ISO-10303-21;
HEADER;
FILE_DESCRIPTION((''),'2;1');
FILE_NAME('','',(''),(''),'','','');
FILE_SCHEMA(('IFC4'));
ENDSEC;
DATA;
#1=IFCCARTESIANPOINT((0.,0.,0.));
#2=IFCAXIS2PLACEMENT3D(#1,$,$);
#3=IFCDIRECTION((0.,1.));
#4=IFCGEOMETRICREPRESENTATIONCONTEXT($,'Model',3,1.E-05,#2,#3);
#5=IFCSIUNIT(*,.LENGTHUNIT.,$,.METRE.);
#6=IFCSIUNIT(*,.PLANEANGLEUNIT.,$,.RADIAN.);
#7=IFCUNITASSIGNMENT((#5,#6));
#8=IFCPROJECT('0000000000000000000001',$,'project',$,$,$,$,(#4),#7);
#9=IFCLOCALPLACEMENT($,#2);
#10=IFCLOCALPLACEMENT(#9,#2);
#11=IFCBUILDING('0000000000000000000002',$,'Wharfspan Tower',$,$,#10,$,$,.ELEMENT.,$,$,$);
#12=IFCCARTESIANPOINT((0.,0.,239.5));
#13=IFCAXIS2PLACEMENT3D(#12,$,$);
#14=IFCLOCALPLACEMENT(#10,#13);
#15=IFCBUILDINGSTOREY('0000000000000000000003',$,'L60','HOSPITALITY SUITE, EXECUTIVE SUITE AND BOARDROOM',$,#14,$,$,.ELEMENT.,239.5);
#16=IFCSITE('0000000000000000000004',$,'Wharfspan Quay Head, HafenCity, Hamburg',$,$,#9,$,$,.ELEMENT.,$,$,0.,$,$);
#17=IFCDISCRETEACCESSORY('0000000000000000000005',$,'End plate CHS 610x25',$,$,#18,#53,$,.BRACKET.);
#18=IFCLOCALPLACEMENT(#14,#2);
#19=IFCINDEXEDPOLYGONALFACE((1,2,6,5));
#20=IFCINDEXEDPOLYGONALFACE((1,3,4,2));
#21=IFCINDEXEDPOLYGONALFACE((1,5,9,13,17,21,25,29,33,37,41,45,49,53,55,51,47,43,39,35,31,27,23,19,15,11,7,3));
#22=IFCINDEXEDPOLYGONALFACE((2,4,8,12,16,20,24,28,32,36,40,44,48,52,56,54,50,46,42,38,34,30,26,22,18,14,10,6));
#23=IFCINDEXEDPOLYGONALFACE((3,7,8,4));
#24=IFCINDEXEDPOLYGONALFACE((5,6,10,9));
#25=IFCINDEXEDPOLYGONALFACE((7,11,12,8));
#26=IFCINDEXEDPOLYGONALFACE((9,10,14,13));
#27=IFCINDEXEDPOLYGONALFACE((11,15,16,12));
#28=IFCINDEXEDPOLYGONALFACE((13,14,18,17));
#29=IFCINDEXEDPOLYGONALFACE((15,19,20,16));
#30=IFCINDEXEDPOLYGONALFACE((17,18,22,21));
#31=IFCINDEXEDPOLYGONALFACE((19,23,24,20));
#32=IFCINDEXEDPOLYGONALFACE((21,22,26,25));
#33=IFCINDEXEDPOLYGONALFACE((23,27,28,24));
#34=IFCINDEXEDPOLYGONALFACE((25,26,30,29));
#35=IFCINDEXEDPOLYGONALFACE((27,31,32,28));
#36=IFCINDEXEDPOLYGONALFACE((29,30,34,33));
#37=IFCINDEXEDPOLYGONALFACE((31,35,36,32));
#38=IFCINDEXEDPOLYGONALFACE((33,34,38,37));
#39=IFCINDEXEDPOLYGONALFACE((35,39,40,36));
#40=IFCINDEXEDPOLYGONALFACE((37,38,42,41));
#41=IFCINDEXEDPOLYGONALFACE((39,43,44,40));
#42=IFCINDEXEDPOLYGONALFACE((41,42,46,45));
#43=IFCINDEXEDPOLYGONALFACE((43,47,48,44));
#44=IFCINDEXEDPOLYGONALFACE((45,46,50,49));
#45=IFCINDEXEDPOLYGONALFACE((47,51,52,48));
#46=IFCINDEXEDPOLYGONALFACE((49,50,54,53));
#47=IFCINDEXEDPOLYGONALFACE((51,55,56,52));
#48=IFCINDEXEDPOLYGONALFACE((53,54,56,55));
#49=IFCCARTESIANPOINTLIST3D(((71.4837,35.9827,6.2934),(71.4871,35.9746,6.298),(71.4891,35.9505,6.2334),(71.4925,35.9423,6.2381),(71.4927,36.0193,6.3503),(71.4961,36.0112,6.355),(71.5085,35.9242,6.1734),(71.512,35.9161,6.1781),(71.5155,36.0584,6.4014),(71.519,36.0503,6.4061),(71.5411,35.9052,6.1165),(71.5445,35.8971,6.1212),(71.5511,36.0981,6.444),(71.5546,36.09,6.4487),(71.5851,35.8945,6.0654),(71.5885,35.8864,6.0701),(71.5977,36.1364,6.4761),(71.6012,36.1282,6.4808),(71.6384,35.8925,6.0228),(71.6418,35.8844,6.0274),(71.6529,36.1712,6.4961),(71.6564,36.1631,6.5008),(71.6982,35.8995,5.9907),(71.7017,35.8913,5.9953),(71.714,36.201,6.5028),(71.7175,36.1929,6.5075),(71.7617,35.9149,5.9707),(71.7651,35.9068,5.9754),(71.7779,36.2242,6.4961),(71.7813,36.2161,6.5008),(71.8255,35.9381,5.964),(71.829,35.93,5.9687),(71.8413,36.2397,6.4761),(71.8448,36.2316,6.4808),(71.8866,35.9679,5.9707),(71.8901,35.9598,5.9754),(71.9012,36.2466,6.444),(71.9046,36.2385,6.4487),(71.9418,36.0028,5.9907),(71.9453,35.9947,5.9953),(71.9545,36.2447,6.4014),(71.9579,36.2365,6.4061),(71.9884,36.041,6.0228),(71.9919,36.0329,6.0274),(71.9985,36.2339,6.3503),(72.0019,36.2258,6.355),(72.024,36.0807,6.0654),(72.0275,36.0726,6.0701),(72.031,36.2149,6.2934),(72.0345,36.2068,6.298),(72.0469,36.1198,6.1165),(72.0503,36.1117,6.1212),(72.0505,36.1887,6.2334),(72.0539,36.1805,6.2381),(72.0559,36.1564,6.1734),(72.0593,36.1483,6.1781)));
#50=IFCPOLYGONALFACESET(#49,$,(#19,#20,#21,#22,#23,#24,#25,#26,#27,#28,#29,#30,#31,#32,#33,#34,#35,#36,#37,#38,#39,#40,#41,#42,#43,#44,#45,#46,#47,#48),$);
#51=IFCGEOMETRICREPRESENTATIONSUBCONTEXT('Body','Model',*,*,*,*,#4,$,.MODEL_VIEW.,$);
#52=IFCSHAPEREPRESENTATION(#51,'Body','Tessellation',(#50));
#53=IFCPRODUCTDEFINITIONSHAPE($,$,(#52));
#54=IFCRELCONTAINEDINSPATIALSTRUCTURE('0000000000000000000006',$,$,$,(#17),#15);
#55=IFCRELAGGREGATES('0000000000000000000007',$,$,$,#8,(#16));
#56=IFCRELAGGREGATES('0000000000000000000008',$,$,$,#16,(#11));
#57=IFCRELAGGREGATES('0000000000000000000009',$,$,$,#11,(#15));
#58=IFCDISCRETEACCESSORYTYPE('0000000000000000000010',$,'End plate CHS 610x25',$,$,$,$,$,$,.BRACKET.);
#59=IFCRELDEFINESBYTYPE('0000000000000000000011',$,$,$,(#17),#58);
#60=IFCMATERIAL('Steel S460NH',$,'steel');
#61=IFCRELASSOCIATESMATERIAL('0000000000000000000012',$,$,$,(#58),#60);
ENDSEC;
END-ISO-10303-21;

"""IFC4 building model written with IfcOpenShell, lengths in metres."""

from ifc_helpers import new_model, si_unit, direction, frame, origin, origin_2d, place, context, subcontext, project, spatial, circle, extrude, material, material_profile, profile_set, type_object, element, save


model = new_model("IFC4")

# Units and contexts
model_context = context("Model", 3, precision=1e-05, world=origin(), true_north=direction((0.0, 1.0)))
body_context = subcontext(model_context, "Body", "Model", "MODEL_VIEW")
ifc_project = project(units=[si_unit("LENGTHUNIT", "METRE"), si_unit("PLANEANGLEUNIT", "RADIAN")], contexts=[model_context])

# Site, building, storey
site_placement = place(None, origin())
site = spatial("IfcSite", under=ifc_project, at=site_placement, Name="Wharfspan Quay Head, HafenCity, Hamburg", CompositionType="ELEMENT", RefElevation=0.0)
building_placement = place(site_placement, origin())
building = spatial("IfcBuilding", under=site, at=building_placement, Name="Wharfspan Tower", CompositionType="ELEMENT")
storey_placement = place(building_placement, frame((0.0, 0.0, 239.5)))
storey = spatial("IfcBuildingStorey", under=building, at=storey_placement, Name="L60", Description="HOSPITALITY SUITE, EXECUTIVE SUITE AND BOARDROOM", CompositionType="ELEMENT", Elevation=239.5)

# Shared definitions
ifc_material_1 = material(Name="Steel S460NH", Category="steel")

# Discrete accessory
ifc_material_profile_1 = material_profile(ifc_material_1, circle(Radius=0.3049, at=origin_2d()))
ifc_profile_set_1 = profile_set([ifc_material_profile_1], Name="Steel S460NH")
discrete_accessory_type = type_object("IfcDiscreteAccessoryType", Name="End plate CHS 610x25", PredefinedType="BRACKET", material=ifc_profile_set_1)
for number, where, z_axis, x_axis, name in (
    (1, (71.7698, 36.0696, 6.2334), (0.345075, -0.81339, 0.468316), (0.920586, 0.390551, -0.000002), "End plate CHS 610x25"),
):
    element("IfcDiscreteAccessory", number, at=place(storey_placement, frame(where, z_axis=z_axis, x_axis=x_axis)), inside=storey, type_object=discrete_accessory_type, Name=name, PredefinedType="BRACKET", context=body_context, shape_type="SweptSolid", body=[
        extrude(circle(Radius=0.3049, at=origin_2d()), origin(), (0.0, 0.0, 1.0), 0.01),
    ])

save(model, "model.ifc")
